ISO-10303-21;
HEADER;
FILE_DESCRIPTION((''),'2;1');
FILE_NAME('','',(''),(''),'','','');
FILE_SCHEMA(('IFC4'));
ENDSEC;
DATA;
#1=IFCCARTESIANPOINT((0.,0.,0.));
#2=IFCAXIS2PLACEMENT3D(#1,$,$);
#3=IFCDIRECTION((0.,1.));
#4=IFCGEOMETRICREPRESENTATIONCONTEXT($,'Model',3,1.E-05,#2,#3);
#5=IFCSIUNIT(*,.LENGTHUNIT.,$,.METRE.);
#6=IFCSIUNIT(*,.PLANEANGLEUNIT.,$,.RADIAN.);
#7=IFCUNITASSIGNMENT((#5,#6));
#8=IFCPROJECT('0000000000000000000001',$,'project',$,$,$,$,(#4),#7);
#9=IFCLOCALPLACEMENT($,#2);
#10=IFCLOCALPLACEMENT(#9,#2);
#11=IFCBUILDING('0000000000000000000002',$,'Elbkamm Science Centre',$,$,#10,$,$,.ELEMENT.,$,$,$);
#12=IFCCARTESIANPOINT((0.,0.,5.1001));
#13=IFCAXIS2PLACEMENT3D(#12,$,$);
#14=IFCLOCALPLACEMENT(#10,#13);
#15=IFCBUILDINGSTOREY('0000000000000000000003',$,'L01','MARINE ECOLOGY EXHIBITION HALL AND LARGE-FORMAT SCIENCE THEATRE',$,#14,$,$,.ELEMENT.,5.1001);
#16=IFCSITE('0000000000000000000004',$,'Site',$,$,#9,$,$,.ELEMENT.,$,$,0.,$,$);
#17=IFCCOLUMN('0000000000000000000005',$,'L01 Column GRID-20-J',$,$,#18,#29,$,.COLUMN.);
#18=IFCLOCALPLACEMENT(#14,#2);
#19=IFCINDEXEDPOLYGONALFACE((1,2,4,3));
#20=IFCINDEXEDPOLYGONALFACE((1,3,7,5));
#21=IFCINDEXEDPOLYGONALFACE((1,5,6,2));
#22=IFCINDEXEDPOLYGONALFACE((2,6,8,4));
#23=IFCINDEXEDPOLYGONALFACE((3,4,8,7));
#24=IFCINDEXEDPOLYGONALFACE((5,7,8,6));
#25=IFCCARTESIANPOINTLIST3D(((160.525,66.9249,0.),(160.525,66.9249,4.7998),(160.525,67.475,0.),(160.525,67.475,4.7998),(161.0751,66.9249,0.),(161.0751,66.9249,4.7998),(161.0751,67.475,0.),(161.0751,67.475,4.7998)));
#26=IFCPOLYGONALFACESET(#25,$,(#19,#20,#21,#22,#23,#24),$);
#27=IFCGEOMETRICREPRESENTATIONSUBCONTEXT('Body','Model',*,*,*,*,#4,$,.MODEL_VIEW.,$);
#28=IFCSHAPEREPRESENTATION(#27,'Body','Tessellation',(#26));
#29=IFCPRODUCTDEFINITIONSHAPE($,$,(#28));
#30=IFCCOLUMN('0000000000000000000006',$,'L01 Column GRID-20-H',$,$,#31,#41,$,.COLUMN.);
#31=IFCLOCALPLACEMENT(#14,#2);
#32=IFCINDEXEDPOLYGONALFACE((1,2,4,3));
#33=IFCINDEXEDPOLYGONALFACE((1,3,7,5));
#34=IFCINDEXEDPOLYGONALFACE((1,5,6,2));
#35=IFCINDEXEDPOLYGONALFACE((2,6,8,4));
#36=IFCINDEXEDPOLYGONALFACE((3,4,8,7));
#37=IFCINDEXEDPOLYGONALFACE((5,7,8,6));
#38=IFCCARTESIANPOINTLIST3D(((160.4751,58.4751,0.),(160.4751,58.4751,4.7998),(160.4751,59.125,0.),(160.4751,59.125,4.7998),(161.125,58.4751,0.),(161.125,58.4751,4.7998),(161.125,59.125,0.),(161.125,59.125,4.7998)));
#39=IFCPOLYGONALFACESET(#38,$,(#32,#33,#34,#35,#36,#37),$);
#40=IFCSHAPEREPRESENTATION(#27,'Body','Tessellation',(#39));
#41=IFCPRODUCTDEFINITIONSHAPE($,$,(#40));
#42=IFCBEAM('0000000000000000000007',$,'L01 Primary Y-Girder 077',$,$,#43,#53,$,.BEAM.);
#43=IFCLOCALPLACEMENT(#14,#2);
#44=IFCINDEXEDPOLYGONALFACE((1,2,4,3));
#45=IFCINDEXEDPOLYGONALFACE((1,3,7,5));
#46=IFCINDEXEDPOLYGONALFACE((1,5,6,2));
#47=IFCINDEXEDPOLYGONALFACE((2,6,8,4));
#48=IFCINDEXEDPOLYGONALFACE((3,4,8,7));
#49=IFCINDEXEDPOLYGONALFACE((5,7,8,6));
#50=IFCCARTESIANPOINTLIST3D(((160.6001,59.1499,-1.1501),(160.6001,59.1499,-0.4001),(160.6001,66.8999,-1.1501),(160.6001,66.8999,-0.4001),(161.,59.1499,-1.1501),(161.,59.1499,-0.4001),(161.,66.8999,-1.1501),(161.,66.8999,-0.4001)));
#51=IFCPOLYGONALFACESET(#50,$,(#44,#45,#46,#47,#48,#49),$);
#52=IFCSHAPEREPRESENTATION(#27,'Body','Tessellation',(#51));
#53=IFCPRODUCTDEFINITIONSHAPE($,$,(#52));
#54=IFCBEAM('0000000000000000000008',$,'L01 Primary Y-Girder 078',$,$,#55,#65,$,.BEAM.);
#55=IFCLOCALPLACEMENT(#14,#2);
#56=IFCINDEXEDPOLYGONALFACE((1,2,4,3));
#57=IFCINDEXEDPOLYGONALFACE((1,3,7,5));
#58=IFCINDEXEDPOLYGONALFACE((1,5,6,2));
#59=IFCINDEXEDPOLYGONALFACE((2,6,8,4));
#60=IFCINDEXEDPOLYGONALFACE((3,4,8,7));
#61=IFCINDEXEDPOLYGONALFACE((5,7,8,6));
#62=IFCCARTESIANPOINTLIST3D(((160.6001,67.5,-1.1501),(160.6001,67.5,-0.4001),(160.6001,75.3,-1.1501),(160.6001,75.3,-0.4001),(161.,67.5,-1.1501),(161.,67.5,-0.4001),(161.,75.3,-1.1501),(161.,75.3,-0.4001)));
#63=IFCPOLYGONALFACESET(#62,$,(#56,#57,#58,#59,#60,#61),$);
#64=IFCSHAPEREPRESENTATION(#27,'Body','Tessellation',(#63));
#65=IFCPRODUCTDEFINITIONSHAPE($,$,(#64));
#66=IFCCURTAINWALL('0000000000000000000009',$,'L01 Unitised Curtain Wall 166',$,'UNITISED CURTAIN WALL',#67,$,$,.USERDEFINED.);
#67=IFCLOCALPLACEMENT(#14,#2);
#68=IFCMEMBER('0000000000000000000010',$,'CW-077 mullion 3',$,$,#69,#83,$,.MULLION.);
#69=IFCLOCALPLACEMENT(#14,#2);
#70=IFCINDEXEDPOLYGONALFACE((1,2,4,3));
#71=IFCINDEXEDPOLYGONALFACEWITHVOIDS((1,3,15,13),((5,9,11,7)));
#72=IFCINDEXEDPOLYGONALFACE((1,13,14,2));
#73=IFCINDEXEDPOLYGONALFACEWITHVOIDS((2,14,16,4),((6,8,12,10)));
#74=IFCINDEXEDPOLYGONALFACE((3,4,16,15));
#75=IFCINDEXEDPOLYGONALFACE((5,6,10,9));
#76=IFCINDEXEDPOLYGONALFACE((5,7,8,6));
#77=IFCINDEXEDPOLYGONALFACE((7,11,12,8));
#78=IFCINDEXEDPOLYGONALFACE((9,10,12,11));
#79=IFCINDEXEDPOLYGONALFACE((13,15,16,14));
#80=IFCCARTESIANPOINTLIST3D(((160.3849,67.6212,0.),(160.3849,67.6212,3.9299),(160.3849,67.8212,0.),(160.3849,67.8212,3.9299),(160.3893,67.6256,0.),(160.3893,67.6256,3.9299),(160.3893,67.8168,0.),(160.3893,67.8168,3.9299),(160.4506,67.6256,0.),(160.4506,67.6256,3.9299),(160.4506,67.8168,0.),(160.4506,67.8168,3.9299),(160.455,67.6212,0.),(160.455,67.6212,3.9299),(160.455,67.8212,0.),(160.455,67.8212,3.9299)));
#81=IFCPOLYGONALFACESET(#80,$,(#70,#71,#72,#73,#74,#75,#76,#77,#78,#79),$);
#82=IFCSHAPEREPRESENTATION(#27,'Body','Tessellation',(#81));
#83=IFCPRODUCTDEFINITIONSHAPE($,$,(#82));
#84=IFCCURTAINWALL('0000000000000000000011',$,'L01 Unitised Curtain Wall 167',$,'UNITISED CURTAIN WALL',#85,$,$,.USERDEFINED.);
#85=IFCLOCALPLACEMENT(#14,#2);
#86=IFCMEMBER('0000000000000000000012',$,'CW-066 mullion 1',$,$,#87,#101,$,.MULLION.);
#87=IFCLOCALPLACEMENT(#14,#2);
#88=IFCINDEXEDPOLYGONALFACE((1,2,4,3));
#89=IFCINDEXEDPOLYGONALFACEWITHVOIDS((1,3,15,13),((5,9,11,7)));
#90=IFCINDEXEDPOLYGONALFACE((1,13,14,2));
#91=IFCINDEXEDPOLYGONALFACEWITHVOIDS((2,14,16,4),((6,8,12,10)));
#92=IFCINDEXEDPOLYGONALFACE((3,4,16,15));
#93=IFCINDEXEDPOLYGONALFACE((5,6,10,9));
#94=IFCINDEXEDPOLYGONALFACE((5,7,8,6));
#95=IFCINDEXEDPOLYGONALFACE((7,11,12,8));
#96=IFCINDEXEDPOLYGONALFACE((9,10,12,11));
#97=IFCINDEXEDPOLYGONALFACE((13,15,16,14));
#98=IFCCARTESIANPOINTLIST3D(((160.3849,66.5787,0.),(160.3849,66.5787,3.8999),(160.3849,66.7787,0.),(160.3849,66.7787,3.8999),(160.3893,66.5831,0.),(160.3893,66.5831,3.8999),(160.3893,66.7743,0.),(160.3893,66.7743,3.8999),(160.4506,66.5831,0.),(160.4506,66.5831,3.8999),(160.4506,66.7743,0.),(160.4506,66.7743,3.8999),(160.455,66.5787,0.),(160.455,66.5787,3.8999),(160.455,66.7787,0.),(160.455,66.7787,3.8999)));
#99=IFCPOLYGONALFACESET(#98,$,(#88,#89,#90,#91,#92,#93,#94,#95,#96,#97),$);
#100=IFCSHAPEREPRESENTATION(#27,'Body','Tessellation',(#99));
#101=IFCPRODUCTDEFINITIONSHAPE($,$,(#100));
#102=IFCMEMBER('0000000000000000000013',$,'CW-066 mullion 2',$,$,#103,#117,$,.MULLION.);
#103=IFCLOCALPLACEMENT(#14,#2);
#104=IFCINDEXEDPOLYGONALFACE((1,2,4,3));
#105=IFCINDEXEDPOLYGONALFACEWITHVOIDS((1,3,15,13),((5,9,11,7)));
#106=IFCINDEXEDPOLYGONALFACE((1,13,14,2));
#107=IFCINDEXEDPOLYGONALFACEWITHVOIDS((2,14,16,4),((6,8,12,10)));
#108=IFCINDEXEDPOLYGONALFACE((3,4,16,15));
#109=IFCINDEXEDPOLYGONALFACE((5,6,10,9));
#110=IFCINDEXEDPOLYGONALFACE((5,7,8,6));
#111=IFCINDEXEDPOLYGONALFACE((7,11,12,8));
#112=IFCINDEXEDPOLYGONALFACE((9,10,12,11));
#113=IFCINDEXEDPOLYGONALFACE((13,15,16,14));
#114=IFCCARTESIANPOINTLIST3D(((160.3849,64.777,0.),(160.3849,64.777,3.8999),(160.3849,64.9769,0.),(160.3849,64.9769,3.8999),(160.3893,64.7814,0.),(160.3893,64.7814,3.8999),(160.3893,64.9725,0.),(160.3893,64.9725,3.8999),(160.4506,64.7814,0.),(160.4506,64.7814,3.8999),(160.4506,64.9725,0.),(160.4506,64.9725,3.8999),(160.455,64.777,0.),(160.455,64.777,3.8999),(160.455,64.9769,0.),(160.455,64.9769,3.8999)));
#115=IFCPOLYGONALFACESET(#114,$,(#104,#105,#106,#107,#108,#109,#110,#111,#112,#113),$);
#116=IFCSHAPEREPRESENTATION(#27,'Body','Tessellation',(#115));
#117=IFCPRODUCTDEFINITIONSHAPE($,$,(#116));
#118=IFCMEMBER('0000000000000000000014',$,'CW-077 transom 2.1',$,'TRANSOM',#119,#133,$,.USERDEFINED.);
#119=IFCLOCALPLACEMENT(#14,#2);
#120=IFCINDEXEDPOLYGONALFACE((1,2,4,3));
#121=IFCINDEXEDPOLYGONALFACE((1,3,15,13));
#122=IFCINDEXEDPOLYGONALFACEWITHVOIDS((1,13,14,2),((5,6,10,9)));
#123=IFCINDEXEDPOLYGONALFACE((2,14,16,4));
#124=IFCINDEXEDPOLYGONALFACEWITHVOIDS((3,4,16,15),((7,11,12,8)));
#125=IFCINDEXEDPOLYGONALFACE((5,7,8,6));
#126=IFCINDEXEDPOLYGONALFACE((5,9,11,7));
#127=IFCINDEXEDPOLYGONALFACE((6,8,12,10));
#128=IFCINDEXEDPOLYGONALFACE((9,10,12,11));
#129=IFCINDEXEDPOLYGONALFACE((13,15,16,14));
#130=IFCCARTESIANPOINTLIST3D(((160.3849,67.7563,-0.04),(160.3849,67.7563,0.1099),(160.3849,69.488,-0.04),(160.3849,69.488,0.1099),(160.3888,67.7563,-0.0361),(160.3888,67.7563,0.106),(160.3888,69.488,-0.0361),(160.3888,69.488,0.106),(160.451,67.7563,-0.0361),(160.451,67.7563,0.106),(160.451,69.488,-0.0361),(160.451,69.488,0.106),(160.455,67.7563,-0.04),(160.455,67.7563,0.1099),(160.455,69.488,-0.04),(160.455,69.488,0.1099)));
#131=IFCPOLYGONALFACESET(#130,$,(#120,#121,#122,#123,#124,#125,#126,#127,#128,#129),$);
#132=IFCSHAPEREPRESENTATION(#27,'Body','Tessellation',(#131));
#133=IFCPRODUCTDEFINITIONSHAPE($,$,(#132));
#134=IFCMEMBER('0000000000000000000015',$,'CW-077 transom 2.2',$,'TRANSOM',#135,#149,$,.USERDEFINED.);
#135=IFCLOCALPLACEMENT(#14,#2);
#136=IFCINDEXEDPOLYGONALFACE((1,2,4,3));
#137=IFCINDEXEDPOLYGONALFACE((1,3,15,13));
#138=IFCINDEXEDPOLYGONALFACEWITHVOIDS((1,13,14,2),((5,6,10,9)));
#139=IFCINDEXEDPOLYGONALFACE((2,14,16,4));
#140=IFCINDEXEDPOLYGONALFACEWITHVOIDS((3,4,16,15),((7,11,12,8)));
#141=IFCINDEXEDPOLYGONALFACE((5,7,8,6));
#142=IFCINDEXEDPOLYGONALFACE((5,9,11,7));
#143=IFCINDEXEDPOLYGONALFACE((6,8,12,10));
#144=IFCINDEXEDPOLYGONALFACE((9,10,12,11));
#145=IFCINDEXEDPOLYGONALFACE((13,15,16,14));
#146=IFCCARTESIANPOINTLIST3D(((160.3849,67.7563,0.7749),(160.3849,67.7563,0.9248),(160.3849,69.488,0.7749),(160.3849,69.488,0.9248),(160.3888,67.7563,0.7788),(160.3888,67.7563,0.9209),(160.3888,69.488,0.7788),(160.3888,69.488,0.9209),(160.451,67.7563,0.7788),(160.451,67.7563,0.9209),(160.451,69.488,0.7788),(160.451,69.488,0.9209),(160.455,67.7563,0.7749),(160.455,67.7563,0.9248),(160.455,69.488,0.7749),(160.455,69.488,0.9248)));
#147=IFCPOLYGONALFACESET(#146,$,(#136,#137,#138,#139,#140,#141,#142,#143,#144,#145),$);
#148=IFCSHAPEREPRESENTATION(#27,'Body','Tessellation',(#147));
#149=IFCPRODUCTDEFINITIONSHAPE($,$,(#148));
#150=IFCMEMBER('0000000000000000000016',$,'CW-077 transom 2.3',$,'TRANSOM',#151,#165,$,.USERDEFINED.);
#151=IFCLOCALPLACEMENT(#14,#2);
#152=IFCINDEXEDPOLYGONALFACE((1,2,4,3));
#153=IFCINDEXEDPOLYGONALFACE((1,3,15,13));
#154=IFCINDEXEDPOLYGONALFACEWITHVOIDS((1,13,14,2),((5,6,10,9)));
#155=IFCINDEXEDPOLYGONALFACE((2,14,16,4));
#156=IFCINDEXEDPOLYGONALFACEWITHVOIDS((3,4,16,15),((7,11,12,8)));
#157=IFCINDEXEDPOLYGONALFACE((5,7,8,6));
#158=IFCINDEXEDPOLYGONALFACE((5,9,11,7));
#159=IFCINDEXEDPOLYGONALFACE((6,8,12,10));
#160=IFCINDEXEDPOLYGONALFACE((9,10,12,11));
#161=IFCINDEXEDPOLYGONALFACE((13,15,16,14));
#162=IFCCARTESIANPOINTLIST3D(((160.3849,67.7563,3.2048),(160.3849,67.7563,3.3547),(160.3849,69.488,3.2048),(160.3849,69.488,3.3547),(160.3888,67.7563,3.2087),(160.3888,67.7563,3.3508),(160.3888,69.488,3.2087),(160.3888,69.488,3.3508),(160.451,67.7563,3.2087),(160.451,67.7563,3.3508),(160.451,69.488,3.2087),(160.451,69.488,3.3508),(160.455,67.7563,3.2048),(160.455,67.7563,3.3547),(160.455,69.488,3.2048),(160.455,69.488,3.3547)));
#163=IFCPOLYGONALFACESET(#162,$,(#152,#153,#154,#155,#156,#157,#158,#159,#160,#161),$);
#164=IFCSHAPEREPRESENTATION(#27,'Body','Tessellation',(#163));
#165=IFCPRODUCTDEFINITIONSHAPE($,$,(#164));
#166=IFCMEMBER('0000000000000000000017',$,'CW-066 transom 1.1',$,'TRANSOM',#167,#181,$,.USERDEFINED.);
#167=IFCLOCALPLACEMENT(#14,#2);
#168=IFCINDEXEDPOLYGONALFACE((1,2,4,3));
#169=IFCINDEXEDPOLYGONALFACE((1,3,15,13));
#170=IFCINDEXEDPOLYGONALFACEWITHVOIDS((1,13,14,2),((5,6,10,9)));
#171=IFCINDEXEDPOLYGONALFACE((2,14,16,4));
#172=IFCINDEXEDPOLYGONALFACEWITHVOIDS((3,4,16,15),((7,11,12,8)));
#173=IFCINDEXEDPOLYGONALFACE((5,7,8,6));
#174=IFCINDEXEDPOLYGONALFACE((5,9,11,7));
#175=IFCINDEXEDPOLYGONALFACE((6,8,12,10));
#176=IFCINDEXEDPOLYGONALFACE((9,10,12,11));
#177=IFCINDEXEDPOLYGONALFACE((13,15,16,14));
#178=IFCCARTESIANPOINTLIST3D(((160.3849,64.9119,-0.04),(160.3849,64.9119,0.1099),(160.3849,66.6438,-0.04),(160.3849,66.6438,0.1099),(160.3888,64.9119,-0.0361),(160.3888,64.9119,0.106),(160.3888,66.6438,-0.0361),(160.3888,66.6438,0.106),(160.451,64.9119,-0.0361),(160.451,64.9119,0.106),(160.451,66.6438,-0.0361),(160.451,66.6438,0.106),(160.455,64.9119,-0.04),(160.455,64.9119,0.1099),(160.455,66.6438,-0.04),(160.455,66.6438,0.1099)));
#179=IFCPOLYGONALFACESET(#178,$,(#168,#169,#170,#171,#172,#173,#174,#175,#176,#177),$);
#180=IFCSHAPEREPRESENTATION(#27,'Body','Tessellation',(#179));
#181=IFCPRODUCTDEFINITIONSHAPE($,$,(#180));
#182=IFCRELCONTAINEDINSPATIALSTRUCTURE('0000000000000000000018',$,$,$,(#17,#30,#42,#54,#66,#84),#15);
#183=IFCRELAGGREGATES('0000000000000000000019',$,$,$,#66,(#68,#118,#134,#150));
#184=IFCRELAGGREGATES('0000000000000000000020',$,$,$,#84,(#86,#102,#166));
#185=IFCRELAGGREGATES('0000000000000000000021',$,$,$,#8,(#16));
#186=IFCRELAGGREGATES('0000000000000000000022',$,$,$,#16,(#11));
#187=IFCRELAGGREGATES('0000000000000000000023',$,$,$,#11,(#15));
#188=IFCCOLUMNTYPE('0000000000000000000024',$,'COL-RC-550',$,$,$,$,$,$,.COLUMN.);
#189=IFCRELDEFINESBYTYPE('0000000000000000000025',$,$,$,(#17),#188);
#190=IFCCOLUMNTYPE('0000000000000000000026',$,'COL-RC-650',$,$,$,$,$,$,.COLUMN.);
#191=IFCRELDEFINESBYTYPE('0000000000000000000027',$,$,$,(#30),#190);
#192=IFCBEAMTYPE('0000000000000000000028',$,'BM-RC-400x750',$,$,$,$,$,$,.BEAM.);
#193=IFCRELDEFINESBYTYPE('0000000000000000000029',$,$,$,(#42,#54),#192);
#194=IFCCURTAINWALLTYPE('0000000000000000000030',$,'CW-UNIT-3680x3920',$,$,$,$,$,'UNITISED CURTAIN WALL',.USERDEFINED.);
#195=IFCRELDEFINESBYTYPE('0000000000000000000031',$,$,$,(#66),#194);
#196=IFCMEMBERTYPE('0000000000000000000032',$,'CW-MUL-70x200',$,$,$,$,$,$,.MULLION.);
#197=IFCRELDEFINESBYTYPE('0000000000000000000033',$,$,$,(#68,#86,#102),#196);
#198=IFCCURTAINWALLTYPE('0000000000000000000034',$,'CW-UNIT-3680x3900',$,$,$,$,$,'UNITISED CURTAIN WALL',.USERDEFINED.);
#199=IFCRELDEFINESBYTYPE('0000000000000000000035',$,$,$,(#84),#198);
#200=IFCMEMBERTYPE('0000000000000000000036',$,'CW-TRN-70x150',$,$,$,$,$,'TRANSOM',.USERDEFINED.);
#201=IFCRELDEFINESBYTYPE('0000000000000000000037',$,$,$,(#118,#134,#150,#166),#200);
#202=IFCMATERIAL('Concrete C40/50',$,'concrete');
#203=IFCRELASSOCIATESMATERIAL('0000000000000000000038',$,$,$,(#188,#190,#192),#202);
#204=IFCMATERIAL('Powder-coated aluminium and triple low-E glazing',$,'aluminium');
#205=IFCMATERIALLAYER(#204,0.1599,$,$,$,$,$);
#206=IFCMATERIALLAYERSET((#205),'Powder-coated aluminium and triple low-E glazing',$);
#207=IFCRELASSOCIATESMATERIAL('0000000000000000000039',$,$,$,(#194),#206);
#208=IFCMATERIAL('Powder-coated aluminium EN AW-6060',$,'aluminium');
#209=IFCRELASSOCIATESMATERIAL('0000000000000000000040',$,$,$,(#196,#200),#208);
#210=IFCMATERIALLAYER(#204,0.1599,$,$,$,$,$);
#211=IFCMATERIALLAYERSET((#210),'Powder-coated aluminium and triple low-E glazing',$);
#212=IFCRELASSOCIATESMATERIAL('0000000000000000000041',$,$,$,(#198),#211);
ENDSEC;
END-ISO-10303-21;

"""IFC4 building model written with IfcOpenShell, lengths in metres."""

from ifc_helpers import new_model, si_unit, direction, frame, origin, origin_2d, place, context, subcontext, project, spatial, rectangle, hollow_rectangle, extrude, material, layer, layer_set, material_profile, profile_set, type_object, element, aggregate, save


model = new_model("IFC4")

# Units and contexts
model_context = context("Model", 3, precision=1e-05, world=origin(), true_north=direction((0.0, 1.0)))
body_context = subcontext(model_context, "Body", "Model", "MODEL_VIEW")
ifc_project = project(units=[si_unit("LENGTHUNIT", "METRE"), si_unit("PLANEANGLEUNIT", "RADIAN")], contexts=[model_context])

# Site, building, storey
site_placement = place(None, origin())
site = spatial("IfcSite", under=ifc_project, at=site_placement, Name="Site", CompositionType="ELEMENT", RefElevation=0.0)
building_placement = place(site_placement, origin())
building = spatial("IfcBuilding", under=site, at=building_placement, Name="Elbkamm Science Centre", CompositionType="ELEMENT")
storey_placement = place(building_placement, frame((0.0, 0.0, 5.1001)))
storey = spatial("IfcBuildingStorey", under=building, at=storey_placement, Name="L01", Description="MARINE ECOLOGY EXHIBITION HALL AND LARGE-FORMAT SCIENCE THEATRE", CompositionType="ELEMENT", Elevation=5.1001)

# Columns
ifc_material_1 = material(Name="Concrete C40/50", Category="concrete")
ifc_material_profile_1 = material_profile(ifc_material_1, rectangle(XDim=0.55, YDim=0.55, at=origin_2d()), Name="RC 550x550")
ifc_profile_set_1 = profile_set([ifc_material_profile_1], Name="Concrete C40/50")
column_type_1 = type_object("IfcColumnType", Name="COL-RC-550", PredefinedType="COLUMN", material=ifc_profile_set_1)
column_1_placement = place(storey_placement, frame((160.8, 67.2, 0.0), z_axis=(0.0, 0.0, 1.0), x_axis=(1.0, 0.0, 0.0)))
element("IfcColumn", 1, at=column_1_placement, inside=storey, type_object=column_type_1, Name="L01 Column GRID-20-J", PredefinedType="COLUMN", context=body_context, shape_type="SweptSolid", body=[
    extrude(rectangle(XDim=0.55, YDim=0.55, at=origin_2d()), origin(), (0.0, 0.0, 1.0), 4.7998),
])
ifc_material_profile_2 = material_profile(ifc_material_1, rectangle(XDim=0.6499, YDim=0.6499, at=origin_2d()), Name="RC 650x650")
ifc_profile_set_2 = profile_set([ifc_material_profile_2], Name="Concrete C40/50")
column_type_2 = type_object("IfcColumnType", Name="COL-RC-650", PredefinedType="COLUMN", material=ifc_profile_set_2)
column_2_placement = place(storey_placement, frame((160.8, 58.8, 0.0), z_axis=(0.0, 0.0, 1.0), x_axis=(1.0, 0.0, 0.0)))
element("IfcColumn", 2, at=column_2_placement, inside=storey, type_object=column_type_2, Name="L01 Column GRID-20-H", PredefinedType="COLUMN", context=body_context, shape_type="SweptSolid", body=[
    extrude(rectangle(XDim=0.6499, YDim=0.6499, at=origin_2d()), origin(), (0.0, 0.0, 1.0), 4.7998),
])

# Beams
ifc_material_profile_3 = material_profile(ifc_material_1, rectangle(XDim=0.3999, YDim=0.75, at=origin_2d()), Name="RC 400x750")
ifc_profile_set_3 = profile_set([ifc_material_profile_3], Name="Concrete C40/50")
beam_type = type_object("IfcBeamType", Name="BM-RC-400x750", PredefinedType="BEAM", material=ifc_profile_set_3)
beam_1_placement = place(storey_placement, frame((160.8, 59.1499, -0.7751), z_axis=(0.0, 1.0, 0.0), x_axis=(-1.0, 0.0, 0.0)))
element("IfcBeam", 3, at=beam_1_placement, inside=storey, type_object=beam_type, Name="L01 Primary Y-Girder 077", PredefinedType="BEAM", context=body_context, shape_type="SweptSolid", body=[
    extrude(rectangle(XDim=0.3999, YDim=0.75, at=origin_2d()), origin(), (0.0, 0.0, 1.0), 7.75),
])
beam_2_placement = place(storey_placement, frame((160.8, 67.5, -0.7751), z_axis=(0.0, 1.0, 0.0), x_axis=(-1.0, 0.0, 0.0)))
element("IfcBeam", 4, at=beam_2_placement, inside=storey, type_object=beam_type, Name="L01 Primary Y-Girder 078", PredefinedType="BEAM", context=body_context, shape_type="SweptSolid", body=[
    extrude(rectangle(XDim=0.3999, YDim=0.75, at=origin_2d()), origin(), (0.0, 0.0, 1.0), 7.8),
])

# Curtain wall, member
ifc_material_2 = material(Name="Powder-coated aluminium and triple low-E glazing", Category="aluminium")
ifc_layer_1 = layer(ifc_material_2, 0.1599)
ifc_layer_set_1 = layer_set([ifc_layer_1], Name="Powder-coated aluminium and triple low-E glazing")
curtain_wall_type_1 = type_object("IfcCurtainWallType", Name="CW-UNIT-3680x3920", ElementType="UNITISED CURTAIN WALL", PredefinedType="USERDEFINED", material=ifc_layer_set_1)
curtain_wall_1_placement = place(storey_placement, origin())
curtain_wall_1 = element("IfcCurtainWall", 5, at=curtain_wall_1_placement, inside=storey, type_object=curtain_wall_type_1, Name="L01 Unitised Curtain Wall 166", ObjectType="UNITISED CURTAIN WALL", PredefinedType="USERDEFINED")
ifc_material_3 = material(Name="Powder-coated aluminium EN AW-6060", Category="aluminium")
ifc_material_profile_4 = material_profile(ifc_material_3, hollow_rectangle(XDim=0.0701, YDim=0.2, WallThickness=0.0044, at=origin_2d()), Name="ALU M70x200")
ifc_profile_set_4 = profile_set([ifc_material_profile_4], Name="Powder-coated aluminium EN AW-6060")
member_type_1 = type_object("IfcMemberType", Name="CW-MUL-70x200", PredefinedType="MULLION", material=ifc_profile_set_4)
member_1_placement = place(storey_placement, frame((160.4199, 67.7212, 0.0), z_axis=(0.0, 0.0, 1.0), x_axis=(1.0, 0.0, 0.0)))
member_1 = element("IfcMember", 6, at=member_1_placement, type_object=member_type_1, Name="CW-077 mullion 3", PredefinedType="MULLION", context=body_context, shape_type="SweptSolid", body=[
    extrude(hollow_rectangle(XDim=0.0701, YDim=0.2, WallThickness=0.0044, at=origin_2d()), origin(), (0.0, 0.0, 1.0), 3.9299),
])

# Curtain wall, members
ifc_layer_2 = layer(ifc_material_2, 0.1599)
ifc_layer_set_2 = layer_set([ifc_layer_2], Name="Powder-coated aluminium and triple low-E glazing")
curtain_wall_type_2 = type_object("IfcCurtainWallType", Name="CW-UNIT-3680x3900", ElementType="UNITISED CURTAIN WALL", PredefinedType="USERDEFINED", material=ifc_layer_set_2)
curtain_wall_2_placement = place(storey_placement, origin())
curtain_wall_2 = element("IfcCurtainWall", 7, at=curtain_wall_2_placement, inside=storey, type_object=curtain_wall_type_2, Name="L01 Unitised Curtain Wall 167", ObjectType="UNITISED CURTAIN WALL", PredefinedType="USERDEFINED")
member_2_placement = place(storey_placement, frame((160.4199, 66.6787, 0.0), z_axis=(0.0, 0.0, 1.0), x_axis=(1.0, 0.0, 0.0)))
member_2 = element("IfcMember", 8, at=member_2_placement, type_object=member_type_1, Name="CW-066 mullion 1", PredefinedType="MULLION", context=body_context, shape_type="SweptSolid", body=[
    extrude(hollow_rectangle(XDim=0.0701, YDim=0.2, WallThickness=0.0044, at=origin_2d()), origin(), (0.0, 0.0, 1.0), 3.8999),
])
member_3_placement = place(storey_placement, frame((160.4199, 64.877, 0.0), z_axis=(0.0, 0.0, 1.0), x_axis=(1.0, 0.0, 0.0)))
member_3 = element("IfcMember", 9, at=member_3_placement, type_object=member_type_1, Name="CW-066 mullion 2", PredefinedType="MULLION", context=body_context, shape_type="SweptSolid", body=[
    extrude(hollow_rectangle(XDim=0.0701, YDim=0.2, WallThickness=0.0044, at=origin_2d()), origin(), (0.0, 0.0, 1.0), 3.8999),
])

# Members
ifc_material_profile_5 = material_profile(ifc_material_3, hollow_rectangle(XDim=0.0701, YDim=0.1499, WallThickness=0.0039, at=origin_2d()), Name="ALU T70x150")
ifc_profile_set_5 = profile_set([ifc_material_profile_5], Name="Powder-coated aluminium EN AW-6060")
member_type_2 = type_object("IfcMemberType", Name="CW-TRN-70x150", ElementType="TRANSOM", PredefinedType="USERDEFINED", material=ifc_profile_set_5)
member_4_placement = place(storey_placement, frame((160.4199, 69.488, 0.0349), z_axis=(0.0, -1.0, 0.0), x_axis=(1.0, 0.0, 0.0)))
member_4 = element("IfcMember", 10, at=member_4_placement, type_object=member_type_2, Name="CW-077 transom 2.1", ObjectType="TRANSOM", PredefinedType="USERDEFINED", context=body_context, shape_type="SweptSolid", body=[
    extrude(hollow_rectangle(XDim=0.0701, YDim=0.1499, WallThickness=0.0039, at=origin_2d()), origin(), (0.0, 0.0, 1.0), 1.7317),
])
member_5_placement = place(storey_placement, frame((160.4199, 69.488, 0.8499), z_axis=(0.0, -1.0, 0.0), x_axis=(1.0, 0.0, 0.0)))
member_5 = element("IfcMember", 11, at=member_5_placement, type_object=member_type_2, Name="CW-077 transom 2.2", ObjectType="TRANSOM", PredefinedType="USERDEFINED", context=body_context, shape_type="SweptSolid", body=[
    extrude(hollow_rectangle(XDim=0.0701, YDim=0.1499, WallThickness=0.0039, at=origin_2d()), origin(), (0.0, 0.0, 1.0), 1.7317),
])
member_6_placement = place(storey_placement, frame((160.4199, 69.488, 3.2798), z_axis=(0.0, -1.0, 0.0), x_axis=(1.0, 0.0, 0.0)))
member_6 = element("IfcMember", 12, at=member_6_placement, type_object=member_type_2, Name="CW-077 transom 2.3", ObjectType="TRANSOM", PredefinedType="USERDEFINED", context=body_context, shape_type="SweptSolid", body=[
    extrude(hollow_rectangle(XDim=0.0701, YDim=0.1499, WallThickness=0.0039, at=origin_2d()), origin(), (0.0, 0.0, 1.0), 1.7317),
])
member_7_placement = place(storey_placement, frame((160.4199, 66.6438, 0.0349), z_axis=(0.0, -1.0, 0.0), x_axis=(1.0, 0.0, 0.0)))
member_7 = element("IfcMember", 13, at=member_7_placement, type_object=member_type_2, Name="CW-066 transom 1.1", ObjectType="TRANSOM", PredefinedType="USERDEFINED", context=body_context, shape_type="SweptSolid", body=[
    extrude(hollow_rectangle(XDim=0.0701, YDim=0.1499, WallThickness=0.0039, at=origin_2d()), origin(), (0.0, 0.0, 1.0), 1.7319),
])

aggregate(curtain_wall_1, [member_1, member_4, member_5, member_6])
aggregate(curtain_wall_2, [member_2, member_3, member_7])

save(model, "model.ifc")
